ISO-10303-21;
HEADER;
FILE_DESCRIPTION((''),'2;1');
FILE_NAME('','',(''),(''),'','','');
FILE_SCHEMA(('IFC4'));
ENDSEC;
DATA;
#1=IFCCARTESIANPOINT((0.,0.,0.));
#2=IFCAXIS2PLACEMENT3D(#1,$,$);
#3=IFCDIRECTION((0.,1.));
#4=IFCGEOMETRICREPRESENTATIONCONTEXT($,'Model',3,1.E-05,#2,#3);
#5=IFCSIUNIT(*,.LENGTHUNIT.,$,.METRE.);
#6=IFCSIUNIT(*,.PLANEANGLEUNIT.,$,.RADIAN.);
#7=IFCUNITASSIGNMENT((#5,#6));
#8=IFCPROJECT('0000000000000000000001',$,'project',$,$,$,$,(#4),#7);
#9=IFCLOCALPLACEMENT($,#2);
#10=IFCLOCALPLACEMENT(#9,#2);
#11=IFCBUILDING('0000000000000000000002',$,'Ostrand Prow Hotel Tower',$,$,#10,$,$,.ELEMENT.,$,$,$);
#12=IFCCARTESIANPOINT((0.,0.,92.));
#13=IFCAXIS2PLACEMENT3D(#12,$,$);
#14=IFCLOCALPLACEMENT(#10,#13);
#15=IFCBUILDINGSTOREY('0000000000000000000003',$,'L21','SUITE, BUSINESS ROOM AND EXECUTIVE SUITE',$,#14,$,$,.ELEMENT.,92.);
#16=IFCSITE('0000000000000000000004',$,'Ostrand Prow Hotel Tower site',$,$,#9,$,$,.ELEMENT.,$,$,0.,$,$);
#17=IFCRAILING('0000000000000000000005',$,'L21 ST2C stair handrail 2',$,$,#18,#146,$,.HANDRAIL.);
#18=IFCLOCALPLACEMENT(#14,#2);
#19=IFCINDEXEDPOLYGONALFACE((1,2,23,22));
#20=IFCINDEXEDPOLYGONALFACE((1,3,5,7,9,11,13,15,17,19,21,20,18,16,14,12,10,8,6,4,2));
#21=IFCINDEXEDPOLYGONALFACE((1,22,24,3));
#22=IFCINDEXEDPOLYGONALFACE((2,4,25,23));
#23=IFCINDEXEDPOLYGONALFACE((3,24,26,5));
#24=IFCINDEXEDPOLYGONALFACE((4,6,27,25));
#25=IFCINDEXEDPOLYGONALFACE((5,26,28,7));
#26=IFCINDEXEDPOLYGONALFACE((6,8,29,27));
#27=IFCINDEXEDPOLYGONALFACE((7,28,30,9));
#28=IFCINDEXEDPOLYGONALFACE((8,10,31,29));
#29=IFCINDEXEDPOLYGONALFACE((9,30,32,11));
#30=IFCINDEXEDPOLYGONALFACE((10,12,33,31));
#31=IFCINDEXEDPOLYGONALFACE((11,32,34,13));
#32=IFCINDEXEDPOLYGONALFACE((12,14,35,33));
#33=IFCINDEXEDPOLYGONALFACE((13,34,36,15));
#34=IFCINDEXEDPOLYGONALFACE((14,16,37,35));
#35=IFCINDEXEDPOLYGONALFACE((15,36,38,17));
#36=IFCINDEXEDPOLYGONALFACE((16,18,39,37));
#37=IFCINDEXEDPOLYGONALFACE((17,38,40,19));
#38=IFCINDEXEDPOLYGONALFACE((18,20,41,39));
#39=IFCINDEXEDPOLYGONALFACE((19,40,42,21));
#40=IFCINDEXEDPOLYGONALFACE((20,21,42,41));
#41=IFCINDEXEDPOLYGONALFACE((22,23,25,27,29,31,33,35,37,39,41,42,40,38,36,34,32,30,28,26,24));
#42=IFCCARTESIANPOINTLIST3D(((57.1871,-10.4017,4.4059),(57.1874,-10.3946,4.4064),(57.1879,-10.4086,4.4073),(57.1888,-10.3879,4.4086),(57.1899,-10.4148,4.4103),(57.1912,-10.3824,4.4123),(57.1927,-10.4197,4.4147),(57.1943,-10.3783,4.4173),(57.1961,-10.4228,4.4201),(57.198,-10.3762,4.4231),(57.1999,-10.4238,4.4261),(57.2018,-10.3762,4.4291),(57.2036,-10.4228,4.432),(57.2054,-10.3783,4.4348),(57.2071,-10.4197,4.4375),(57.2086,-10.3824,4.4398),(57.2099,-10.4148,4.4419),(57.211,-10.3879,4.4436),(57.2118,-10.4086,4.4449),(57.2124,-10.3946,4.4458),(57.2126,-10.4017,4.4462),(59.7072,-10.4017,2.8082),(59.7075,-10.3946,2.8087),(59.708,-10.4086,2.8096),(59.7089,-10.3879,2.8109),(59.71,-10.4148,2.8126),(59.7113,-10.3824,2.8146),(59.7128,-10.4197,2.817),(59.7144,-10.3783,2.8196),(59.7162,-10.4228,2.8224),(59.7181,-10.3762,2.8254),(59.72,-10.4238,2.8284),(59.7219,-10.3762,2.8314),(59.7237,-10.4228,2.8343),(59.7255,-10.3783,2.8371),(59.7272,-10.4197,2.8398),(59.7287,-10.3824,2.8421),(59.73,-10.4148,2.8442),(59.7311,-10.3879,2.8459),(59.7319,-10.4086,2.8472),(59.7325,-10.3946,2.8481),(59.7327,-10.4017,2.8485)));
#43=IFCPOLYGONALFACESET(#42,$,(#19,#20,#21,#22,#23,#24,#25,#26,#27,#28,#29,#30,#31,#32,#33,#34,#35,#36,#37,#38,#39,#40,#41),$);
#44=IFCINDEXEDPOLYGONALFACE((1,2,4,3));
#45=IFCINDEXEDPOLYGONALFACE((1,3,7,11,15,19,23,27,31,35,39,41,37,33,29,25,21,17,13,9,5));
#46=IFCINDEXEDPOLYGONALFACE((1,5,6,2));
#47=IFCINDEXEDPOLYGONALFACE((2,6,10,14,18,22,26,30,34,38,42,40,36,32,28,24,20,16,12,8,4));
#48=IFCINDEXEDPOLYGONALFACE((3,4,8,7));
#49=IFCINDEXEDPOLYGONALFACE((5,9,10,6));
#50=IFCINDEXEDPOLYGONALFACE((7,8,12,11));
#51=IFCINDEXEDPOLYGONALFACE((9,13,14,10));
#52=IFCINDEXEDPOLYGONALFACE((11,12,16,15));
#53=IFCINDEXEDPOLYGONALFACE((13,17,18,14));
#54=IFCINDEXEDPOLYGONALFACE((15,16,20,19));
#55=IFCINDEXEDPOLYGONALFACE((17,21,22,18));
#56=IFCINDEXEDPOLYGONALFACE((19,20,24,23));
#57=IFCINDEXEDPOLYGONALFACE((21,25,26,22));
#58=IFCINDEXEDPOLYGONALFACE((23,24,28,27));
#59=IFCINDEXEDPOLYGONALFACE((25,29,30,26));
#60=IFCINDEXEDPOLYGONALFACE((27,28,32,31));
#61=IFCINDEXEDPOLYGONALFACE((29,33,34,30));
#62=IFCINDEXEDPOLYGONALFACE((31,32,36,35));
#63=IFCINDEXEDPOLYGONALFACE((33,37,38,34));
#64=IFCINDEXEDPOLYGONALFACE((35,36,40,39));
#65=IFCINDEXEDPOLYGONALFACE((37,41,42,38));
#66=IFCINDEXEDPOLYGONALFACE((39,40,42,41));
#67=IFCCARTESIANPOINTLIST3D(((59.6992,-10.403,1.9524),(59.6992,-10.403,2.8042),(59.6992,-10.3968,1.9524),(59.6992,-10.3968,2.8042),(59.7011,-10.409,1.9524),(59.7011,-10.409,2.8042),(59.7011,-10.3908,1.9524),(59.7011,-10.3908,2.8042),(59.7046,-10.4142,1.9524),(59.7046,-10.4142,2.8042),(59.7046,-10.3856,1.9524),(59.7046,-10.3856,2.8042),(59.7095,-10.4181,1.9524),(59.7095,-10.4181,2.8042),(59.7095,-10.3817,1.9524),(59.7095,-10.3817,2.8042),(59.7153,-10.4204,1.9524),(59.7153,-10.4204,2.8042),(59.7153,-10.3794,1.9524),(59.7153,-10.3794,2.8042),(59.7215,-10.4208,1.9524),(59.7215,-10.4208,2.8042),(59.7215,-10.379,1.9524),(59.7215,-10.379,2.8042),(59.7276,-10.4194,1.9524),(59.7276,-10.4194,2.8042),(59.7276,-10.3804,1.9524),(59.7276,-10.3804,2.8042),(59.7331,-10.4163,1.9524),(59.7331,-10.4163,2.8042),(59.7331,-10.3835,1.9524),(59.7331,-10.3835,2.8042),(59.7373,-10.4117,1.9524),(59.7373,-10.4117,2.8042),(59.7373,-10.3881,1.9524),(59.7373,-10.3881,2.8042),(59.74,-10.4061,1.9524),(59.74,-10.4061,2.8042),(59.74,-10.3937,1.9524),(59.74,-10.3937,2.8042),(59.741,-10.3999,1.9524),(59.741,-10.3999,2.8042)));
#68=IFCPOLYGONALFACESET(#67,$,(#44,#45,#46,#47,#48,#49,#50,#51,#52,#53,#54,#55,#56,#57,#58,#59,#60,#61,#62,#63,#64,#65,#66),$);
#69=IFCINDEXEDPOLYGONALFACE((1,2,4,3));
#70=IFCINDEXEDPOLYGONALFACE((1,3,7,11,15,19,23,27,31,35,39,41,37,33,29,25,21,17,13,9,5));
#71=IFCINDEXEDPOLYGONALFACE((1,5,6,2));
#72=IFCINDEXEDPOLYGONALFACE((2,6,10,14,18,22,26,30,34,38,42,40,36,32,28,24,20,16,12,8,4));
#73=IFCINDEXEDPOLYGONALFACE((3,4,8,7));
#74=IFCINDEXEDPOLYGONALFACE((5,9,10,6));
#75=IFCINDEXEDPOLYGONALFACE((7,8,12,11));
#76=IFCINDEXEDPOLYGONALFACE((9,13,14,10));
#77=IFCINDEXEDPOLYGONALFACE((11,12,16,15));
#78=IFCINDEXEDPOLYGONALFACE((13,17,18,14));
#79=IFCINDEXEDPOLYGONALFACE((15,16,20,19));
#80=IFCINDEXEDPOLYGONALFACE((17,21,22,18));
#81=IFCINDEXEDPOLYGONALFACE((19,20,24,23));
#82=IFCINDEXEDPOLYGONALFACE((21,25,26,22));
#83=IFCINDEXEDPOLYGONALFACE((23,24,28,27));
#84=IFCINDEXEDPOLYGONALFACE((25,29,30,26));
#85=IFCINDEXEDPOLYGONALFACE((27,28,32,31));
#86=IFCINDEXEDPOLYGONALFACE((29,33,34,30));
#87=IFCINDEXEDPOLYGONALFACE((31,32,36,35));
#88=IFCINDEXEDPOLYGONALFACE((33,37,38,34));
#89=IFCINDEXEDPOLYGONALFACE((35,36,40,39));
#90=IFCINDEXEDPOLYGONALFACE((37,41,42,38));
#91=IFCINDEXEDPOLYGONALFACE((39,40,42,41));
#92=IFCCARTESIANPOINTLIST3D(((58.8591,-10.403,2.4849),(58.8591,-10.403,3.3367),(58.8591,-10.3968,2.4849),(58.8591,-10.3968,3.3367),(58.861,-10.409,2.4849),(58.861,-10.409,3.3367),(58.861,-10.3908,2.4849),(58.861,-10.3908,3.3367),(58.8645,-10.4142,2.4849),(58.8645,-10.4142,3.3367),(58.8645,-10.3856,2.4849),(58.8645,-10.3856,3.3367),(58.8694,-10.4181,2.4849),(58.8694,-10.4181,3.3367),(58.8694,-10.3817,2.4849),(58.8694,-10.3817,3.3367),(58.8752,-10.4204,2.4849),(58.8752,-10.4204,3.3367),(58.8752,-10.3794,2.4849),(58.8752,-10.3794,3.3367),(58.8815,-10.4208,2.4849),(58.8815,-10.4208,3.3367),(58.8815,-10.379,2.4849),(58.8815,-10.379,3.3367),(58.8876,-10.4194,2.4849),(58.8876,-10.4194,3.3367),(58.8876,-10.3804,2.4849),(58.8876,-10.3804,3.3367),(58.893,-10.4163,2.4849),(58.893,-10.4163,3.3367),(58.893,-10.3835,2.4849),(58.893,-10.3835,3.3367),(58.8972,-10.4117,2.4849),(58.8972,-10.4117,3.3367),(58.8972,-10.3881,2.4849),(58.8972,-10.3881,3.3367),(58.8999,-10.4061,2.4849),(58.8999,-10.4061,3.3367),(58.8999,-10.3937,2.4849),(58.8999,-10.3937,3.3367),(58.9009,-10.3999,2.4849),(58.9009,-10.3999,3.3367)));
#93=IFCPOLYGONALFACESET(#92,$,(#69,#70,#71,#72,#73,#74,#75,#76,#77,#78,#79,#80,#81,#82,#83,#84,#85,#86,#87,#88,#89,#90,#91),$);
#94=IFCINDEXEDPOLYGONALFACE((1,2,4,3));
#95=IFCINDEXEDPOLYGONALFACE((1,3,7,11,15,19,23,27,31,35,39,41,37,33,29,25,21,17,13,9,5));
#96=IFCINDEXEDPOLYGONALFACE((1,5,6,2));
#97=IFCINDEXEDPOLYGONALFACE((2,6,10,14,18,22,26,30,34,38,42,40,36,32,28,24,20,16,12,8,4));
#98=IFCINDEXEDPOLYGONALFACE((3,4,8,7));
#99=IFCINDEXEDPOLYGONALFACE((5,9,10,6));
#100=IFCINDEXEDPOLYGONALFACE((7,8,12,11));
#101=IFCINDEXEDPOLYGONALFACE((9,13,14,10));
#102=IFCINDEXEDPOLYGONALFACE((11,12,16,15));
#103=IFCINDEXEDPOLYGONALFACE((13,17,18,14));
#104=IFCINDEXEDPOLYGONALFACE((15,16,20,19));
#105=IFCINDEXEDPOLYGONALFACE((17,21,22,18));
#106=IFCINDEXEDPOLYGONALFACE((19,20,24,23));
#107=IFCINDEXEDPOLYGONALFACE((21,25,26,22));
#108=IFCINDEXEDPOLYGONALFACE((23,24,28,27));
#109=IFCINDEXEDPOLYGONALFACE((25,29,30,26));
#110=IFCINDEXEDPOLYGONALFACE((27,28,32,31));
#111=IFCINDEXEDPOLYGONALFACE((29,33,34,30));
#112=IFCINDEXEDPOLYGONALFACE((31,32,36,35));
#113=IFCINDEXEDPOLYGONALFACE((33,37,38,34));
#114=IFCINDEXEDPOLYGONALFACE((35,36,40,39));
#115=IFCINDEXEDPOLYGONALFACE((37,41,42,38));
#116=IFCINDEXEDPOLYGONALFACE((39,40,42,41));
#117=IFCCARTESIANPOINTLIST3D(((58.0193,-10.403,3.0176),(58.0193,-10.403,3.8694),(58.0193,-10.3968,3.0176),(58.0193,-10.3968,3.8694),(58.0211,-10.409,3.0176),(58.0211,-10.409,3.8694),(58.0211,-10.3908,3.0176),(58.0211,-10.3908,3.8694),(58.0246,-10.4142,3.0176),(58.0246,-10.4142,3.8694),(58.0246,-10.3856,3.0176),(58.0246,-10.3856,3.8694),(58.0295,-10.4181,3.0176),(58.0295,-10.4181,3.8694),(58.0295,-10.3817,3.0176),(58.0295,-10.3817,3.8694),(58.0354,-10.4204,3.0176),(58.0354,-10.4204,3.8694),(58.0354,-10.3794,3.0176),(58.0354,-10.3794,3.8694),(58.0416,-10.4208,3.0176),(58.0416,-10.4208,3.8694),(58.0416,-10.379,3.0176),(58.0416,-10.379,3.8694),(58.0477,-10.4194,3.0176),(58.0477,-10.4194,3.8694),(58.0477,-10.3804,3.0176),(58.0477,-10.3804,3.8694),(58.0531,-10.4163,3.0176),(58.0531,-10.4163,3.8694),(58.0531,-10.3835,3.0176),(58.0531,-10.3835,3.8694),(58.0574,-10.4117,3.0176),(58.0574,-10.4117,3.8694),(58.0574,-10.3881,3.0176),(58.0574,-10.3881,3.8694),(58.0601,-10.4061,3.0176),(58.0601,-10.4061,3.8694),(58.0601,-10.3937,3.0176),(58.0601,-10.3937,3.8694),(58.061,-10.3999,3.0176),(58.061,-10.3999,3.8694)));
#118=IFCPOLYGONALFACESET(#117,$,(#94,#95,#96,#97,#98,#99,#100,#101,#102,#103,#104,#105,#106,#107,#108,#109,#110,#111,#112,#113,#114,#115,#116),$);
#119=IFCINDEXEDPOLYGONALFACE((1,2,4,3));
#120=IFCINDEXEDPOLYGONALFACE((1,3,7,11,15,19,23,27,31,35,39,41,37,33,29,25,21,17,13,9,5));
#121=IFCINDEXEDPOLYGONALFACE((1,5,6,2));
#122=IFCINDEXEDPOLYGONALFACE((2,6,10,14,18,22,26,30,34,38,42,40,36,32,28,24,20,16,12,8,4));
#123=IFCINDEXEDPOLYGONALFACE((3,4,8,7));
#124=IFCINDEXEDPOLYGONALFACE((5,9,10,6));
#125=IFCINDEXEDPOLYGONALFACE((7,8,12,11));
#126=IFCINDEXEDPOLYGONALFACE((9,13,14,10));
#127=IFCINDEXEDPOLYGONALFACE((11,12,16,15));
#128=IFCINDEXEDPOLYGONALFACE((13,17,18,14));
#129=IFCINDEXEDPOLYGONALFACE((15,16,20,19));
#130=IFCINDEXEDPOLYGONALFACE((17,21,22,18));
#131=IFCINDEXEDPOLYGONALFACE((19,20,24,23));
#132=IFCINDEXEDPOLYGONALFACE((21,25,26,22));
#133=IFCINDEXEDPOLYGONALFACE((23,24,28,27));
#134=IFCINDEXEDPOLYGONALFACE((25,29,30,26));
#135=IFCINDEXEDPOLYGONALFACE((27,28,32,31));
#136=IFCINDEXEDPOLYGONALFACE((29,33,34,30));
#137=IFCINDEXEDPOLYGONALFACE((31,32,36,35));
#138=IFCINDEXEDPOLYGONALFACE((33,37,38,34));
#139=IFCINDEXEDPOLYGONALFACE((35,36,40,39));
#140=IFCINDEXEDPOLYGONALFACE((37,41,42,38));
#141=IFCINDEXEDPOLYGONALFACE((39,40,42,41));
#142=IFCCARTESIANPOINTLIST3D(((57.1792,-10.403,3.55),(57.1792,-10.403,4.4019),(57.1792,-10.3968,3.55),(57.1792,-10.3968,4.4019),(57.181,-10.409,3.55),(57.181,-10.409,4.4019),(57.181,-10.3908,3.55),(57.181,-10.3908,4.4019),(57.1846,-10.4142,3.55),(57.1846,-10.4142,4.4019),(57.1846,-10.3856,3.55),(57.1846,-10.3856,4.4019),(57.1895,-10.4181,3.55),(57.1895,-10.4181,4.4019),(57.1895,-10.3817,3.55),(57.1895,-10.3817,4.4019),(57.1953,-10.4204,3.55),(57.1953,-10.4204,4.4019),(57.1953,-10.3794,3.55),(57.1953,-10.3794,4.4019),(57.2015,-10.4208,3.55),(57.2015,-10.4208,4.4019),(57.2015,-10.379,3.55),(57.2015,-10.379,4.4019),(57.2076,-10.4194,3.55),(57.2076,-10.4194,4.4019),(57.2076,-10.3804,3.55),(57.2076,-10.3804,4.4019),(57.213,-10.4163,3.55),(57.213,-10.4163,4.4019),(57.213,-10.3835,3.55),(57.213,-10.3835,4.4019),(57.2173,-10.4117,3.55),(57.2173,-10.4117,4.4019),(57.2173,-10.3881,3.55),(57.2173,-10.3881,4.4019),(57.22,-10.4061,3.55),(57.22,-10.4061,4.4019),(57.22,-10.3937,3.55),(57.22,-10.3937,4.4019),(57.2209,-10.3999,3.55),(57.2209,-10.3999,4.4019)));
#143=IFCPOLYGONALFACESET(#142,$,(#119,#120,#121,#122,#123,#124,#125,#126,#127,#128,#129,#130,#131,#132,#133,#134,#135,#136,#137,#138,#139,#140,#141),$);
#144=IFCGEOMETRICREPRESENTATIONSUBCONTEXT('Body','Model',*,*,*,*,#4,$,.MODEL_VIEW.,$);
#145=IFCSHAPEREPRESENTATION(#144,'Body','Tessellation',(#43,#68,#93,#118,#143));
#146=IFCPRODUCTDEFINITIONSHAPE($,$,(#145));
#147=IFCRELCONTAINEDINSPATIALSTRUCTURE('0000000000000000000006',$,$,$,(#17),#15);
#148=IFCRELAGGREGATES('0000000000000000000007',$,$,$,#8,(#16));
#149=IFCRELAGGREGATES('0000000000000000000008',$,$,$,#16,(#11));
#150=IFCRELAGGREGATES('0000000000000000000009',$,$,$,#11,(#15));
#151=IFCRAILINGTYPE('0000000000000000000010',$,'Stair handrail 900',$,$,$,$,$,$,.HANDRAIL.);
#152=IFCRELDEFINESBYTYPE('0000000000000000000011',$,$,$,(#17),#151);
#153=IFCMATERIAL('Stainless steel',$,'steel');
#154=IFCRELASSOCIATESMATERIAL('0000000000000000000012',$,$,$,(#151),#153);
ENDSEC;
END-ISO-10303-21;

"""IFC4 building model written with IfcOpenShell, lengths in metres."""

from ifc_helpers import new_model, si_unit, direction, frame, origin, origin_2d, place, context, subcontext, project, spatial, circle, extrude, material, type_object, element, save


model = new_model("IFC4")

# Units and contexts
model_context = context("Model", 3, precision=1e-05, world=origin(), true_north=direction((0.0, 1.0)))
body_context = subcontext(model_context, "Body", "Model", "MODEL_VIEW")
ifc_project = project(units=[si_unit("LENGTHUNIT", "METRE"), si_unit("PLANEANGLEUNIT", "RADIAN")], contexts=[model_context])

# Site, building, storey
site_placement = place(None, origin())
site = spatial("IfcSite", under=ifc_project, at=site_placement, Name="Ostrand Prow Hotel Tower site", CompositionType="ELEMENT", RefElevation=0.0)
building_placement = place(site_placement, origin())
building = spatial("IfcBuilding", under=site, at=building_placement, Name="Ostrand Prow Hotel Tower", CompositionType="ELEMENT")
storey_placement = place(building_placement, frame((0.0, 0.0, 92.0)))
storey = spatial("IfcBuildingStorey", under=building, at=storey_placement, Name="L21", Description="SUITE, BUSINESS ROOM AND EXECUTIVE SUITE", CompositionType="ELEMENT", Elevation=92.0)

# Railing
ifc_material_1 = material(Name="Stainless steel", Category="steel")
railing_type_1 = type_object("IfcRailingType", Name="Stair handrail 900", PredefinedType="HANDRAIL", material=ifc_material_1)
railing_1_placement = place(storey_placement, frame((59.72, -10.3999, 1.9524)))
element("IfcRailing", 1, at=railing_1_placement, inside=storey, type_object=railing_type_1, Name="L21 ST2C stair handrail 2", PredefinedType="HANDRAIL", context=body_context, shape_type="SweptSolid", body=[
    extrude(circle(Radius=0.0239, at=origin_2d()), frame((0.0, 0.0, 0.876), z_axis=(-0.84457, 0.0, 0.535445), x_axis=(0.0, -1.0, 0.0)), (0.0, 0.0, 1.0), 2.9839),
    extrude(circle(Radius=0.021, at=origin_2d()), origin(), (0.0, 0.0, 1.0), 0.8518),
    extrude(circle(Radius=0.021, at=origin_2d()), frame((-0.8401, 0.0, 0.5325)), (0.0, 0.0, 1.0), 0.8518),
    extrude(circle(Radius=0.021, at=origin_2d()), frame((-1.6799, 0.0, 1.0652)), (0.0, 0.0, 1.0), 0.8518),
    extrude(circle(Radius=0.021, at=origin_2d()), frame((-2.52, 0.0, 1.5977)), (0.0, 0.0, 1.0), 0.8518),
])

save(model, "model.ifc")
